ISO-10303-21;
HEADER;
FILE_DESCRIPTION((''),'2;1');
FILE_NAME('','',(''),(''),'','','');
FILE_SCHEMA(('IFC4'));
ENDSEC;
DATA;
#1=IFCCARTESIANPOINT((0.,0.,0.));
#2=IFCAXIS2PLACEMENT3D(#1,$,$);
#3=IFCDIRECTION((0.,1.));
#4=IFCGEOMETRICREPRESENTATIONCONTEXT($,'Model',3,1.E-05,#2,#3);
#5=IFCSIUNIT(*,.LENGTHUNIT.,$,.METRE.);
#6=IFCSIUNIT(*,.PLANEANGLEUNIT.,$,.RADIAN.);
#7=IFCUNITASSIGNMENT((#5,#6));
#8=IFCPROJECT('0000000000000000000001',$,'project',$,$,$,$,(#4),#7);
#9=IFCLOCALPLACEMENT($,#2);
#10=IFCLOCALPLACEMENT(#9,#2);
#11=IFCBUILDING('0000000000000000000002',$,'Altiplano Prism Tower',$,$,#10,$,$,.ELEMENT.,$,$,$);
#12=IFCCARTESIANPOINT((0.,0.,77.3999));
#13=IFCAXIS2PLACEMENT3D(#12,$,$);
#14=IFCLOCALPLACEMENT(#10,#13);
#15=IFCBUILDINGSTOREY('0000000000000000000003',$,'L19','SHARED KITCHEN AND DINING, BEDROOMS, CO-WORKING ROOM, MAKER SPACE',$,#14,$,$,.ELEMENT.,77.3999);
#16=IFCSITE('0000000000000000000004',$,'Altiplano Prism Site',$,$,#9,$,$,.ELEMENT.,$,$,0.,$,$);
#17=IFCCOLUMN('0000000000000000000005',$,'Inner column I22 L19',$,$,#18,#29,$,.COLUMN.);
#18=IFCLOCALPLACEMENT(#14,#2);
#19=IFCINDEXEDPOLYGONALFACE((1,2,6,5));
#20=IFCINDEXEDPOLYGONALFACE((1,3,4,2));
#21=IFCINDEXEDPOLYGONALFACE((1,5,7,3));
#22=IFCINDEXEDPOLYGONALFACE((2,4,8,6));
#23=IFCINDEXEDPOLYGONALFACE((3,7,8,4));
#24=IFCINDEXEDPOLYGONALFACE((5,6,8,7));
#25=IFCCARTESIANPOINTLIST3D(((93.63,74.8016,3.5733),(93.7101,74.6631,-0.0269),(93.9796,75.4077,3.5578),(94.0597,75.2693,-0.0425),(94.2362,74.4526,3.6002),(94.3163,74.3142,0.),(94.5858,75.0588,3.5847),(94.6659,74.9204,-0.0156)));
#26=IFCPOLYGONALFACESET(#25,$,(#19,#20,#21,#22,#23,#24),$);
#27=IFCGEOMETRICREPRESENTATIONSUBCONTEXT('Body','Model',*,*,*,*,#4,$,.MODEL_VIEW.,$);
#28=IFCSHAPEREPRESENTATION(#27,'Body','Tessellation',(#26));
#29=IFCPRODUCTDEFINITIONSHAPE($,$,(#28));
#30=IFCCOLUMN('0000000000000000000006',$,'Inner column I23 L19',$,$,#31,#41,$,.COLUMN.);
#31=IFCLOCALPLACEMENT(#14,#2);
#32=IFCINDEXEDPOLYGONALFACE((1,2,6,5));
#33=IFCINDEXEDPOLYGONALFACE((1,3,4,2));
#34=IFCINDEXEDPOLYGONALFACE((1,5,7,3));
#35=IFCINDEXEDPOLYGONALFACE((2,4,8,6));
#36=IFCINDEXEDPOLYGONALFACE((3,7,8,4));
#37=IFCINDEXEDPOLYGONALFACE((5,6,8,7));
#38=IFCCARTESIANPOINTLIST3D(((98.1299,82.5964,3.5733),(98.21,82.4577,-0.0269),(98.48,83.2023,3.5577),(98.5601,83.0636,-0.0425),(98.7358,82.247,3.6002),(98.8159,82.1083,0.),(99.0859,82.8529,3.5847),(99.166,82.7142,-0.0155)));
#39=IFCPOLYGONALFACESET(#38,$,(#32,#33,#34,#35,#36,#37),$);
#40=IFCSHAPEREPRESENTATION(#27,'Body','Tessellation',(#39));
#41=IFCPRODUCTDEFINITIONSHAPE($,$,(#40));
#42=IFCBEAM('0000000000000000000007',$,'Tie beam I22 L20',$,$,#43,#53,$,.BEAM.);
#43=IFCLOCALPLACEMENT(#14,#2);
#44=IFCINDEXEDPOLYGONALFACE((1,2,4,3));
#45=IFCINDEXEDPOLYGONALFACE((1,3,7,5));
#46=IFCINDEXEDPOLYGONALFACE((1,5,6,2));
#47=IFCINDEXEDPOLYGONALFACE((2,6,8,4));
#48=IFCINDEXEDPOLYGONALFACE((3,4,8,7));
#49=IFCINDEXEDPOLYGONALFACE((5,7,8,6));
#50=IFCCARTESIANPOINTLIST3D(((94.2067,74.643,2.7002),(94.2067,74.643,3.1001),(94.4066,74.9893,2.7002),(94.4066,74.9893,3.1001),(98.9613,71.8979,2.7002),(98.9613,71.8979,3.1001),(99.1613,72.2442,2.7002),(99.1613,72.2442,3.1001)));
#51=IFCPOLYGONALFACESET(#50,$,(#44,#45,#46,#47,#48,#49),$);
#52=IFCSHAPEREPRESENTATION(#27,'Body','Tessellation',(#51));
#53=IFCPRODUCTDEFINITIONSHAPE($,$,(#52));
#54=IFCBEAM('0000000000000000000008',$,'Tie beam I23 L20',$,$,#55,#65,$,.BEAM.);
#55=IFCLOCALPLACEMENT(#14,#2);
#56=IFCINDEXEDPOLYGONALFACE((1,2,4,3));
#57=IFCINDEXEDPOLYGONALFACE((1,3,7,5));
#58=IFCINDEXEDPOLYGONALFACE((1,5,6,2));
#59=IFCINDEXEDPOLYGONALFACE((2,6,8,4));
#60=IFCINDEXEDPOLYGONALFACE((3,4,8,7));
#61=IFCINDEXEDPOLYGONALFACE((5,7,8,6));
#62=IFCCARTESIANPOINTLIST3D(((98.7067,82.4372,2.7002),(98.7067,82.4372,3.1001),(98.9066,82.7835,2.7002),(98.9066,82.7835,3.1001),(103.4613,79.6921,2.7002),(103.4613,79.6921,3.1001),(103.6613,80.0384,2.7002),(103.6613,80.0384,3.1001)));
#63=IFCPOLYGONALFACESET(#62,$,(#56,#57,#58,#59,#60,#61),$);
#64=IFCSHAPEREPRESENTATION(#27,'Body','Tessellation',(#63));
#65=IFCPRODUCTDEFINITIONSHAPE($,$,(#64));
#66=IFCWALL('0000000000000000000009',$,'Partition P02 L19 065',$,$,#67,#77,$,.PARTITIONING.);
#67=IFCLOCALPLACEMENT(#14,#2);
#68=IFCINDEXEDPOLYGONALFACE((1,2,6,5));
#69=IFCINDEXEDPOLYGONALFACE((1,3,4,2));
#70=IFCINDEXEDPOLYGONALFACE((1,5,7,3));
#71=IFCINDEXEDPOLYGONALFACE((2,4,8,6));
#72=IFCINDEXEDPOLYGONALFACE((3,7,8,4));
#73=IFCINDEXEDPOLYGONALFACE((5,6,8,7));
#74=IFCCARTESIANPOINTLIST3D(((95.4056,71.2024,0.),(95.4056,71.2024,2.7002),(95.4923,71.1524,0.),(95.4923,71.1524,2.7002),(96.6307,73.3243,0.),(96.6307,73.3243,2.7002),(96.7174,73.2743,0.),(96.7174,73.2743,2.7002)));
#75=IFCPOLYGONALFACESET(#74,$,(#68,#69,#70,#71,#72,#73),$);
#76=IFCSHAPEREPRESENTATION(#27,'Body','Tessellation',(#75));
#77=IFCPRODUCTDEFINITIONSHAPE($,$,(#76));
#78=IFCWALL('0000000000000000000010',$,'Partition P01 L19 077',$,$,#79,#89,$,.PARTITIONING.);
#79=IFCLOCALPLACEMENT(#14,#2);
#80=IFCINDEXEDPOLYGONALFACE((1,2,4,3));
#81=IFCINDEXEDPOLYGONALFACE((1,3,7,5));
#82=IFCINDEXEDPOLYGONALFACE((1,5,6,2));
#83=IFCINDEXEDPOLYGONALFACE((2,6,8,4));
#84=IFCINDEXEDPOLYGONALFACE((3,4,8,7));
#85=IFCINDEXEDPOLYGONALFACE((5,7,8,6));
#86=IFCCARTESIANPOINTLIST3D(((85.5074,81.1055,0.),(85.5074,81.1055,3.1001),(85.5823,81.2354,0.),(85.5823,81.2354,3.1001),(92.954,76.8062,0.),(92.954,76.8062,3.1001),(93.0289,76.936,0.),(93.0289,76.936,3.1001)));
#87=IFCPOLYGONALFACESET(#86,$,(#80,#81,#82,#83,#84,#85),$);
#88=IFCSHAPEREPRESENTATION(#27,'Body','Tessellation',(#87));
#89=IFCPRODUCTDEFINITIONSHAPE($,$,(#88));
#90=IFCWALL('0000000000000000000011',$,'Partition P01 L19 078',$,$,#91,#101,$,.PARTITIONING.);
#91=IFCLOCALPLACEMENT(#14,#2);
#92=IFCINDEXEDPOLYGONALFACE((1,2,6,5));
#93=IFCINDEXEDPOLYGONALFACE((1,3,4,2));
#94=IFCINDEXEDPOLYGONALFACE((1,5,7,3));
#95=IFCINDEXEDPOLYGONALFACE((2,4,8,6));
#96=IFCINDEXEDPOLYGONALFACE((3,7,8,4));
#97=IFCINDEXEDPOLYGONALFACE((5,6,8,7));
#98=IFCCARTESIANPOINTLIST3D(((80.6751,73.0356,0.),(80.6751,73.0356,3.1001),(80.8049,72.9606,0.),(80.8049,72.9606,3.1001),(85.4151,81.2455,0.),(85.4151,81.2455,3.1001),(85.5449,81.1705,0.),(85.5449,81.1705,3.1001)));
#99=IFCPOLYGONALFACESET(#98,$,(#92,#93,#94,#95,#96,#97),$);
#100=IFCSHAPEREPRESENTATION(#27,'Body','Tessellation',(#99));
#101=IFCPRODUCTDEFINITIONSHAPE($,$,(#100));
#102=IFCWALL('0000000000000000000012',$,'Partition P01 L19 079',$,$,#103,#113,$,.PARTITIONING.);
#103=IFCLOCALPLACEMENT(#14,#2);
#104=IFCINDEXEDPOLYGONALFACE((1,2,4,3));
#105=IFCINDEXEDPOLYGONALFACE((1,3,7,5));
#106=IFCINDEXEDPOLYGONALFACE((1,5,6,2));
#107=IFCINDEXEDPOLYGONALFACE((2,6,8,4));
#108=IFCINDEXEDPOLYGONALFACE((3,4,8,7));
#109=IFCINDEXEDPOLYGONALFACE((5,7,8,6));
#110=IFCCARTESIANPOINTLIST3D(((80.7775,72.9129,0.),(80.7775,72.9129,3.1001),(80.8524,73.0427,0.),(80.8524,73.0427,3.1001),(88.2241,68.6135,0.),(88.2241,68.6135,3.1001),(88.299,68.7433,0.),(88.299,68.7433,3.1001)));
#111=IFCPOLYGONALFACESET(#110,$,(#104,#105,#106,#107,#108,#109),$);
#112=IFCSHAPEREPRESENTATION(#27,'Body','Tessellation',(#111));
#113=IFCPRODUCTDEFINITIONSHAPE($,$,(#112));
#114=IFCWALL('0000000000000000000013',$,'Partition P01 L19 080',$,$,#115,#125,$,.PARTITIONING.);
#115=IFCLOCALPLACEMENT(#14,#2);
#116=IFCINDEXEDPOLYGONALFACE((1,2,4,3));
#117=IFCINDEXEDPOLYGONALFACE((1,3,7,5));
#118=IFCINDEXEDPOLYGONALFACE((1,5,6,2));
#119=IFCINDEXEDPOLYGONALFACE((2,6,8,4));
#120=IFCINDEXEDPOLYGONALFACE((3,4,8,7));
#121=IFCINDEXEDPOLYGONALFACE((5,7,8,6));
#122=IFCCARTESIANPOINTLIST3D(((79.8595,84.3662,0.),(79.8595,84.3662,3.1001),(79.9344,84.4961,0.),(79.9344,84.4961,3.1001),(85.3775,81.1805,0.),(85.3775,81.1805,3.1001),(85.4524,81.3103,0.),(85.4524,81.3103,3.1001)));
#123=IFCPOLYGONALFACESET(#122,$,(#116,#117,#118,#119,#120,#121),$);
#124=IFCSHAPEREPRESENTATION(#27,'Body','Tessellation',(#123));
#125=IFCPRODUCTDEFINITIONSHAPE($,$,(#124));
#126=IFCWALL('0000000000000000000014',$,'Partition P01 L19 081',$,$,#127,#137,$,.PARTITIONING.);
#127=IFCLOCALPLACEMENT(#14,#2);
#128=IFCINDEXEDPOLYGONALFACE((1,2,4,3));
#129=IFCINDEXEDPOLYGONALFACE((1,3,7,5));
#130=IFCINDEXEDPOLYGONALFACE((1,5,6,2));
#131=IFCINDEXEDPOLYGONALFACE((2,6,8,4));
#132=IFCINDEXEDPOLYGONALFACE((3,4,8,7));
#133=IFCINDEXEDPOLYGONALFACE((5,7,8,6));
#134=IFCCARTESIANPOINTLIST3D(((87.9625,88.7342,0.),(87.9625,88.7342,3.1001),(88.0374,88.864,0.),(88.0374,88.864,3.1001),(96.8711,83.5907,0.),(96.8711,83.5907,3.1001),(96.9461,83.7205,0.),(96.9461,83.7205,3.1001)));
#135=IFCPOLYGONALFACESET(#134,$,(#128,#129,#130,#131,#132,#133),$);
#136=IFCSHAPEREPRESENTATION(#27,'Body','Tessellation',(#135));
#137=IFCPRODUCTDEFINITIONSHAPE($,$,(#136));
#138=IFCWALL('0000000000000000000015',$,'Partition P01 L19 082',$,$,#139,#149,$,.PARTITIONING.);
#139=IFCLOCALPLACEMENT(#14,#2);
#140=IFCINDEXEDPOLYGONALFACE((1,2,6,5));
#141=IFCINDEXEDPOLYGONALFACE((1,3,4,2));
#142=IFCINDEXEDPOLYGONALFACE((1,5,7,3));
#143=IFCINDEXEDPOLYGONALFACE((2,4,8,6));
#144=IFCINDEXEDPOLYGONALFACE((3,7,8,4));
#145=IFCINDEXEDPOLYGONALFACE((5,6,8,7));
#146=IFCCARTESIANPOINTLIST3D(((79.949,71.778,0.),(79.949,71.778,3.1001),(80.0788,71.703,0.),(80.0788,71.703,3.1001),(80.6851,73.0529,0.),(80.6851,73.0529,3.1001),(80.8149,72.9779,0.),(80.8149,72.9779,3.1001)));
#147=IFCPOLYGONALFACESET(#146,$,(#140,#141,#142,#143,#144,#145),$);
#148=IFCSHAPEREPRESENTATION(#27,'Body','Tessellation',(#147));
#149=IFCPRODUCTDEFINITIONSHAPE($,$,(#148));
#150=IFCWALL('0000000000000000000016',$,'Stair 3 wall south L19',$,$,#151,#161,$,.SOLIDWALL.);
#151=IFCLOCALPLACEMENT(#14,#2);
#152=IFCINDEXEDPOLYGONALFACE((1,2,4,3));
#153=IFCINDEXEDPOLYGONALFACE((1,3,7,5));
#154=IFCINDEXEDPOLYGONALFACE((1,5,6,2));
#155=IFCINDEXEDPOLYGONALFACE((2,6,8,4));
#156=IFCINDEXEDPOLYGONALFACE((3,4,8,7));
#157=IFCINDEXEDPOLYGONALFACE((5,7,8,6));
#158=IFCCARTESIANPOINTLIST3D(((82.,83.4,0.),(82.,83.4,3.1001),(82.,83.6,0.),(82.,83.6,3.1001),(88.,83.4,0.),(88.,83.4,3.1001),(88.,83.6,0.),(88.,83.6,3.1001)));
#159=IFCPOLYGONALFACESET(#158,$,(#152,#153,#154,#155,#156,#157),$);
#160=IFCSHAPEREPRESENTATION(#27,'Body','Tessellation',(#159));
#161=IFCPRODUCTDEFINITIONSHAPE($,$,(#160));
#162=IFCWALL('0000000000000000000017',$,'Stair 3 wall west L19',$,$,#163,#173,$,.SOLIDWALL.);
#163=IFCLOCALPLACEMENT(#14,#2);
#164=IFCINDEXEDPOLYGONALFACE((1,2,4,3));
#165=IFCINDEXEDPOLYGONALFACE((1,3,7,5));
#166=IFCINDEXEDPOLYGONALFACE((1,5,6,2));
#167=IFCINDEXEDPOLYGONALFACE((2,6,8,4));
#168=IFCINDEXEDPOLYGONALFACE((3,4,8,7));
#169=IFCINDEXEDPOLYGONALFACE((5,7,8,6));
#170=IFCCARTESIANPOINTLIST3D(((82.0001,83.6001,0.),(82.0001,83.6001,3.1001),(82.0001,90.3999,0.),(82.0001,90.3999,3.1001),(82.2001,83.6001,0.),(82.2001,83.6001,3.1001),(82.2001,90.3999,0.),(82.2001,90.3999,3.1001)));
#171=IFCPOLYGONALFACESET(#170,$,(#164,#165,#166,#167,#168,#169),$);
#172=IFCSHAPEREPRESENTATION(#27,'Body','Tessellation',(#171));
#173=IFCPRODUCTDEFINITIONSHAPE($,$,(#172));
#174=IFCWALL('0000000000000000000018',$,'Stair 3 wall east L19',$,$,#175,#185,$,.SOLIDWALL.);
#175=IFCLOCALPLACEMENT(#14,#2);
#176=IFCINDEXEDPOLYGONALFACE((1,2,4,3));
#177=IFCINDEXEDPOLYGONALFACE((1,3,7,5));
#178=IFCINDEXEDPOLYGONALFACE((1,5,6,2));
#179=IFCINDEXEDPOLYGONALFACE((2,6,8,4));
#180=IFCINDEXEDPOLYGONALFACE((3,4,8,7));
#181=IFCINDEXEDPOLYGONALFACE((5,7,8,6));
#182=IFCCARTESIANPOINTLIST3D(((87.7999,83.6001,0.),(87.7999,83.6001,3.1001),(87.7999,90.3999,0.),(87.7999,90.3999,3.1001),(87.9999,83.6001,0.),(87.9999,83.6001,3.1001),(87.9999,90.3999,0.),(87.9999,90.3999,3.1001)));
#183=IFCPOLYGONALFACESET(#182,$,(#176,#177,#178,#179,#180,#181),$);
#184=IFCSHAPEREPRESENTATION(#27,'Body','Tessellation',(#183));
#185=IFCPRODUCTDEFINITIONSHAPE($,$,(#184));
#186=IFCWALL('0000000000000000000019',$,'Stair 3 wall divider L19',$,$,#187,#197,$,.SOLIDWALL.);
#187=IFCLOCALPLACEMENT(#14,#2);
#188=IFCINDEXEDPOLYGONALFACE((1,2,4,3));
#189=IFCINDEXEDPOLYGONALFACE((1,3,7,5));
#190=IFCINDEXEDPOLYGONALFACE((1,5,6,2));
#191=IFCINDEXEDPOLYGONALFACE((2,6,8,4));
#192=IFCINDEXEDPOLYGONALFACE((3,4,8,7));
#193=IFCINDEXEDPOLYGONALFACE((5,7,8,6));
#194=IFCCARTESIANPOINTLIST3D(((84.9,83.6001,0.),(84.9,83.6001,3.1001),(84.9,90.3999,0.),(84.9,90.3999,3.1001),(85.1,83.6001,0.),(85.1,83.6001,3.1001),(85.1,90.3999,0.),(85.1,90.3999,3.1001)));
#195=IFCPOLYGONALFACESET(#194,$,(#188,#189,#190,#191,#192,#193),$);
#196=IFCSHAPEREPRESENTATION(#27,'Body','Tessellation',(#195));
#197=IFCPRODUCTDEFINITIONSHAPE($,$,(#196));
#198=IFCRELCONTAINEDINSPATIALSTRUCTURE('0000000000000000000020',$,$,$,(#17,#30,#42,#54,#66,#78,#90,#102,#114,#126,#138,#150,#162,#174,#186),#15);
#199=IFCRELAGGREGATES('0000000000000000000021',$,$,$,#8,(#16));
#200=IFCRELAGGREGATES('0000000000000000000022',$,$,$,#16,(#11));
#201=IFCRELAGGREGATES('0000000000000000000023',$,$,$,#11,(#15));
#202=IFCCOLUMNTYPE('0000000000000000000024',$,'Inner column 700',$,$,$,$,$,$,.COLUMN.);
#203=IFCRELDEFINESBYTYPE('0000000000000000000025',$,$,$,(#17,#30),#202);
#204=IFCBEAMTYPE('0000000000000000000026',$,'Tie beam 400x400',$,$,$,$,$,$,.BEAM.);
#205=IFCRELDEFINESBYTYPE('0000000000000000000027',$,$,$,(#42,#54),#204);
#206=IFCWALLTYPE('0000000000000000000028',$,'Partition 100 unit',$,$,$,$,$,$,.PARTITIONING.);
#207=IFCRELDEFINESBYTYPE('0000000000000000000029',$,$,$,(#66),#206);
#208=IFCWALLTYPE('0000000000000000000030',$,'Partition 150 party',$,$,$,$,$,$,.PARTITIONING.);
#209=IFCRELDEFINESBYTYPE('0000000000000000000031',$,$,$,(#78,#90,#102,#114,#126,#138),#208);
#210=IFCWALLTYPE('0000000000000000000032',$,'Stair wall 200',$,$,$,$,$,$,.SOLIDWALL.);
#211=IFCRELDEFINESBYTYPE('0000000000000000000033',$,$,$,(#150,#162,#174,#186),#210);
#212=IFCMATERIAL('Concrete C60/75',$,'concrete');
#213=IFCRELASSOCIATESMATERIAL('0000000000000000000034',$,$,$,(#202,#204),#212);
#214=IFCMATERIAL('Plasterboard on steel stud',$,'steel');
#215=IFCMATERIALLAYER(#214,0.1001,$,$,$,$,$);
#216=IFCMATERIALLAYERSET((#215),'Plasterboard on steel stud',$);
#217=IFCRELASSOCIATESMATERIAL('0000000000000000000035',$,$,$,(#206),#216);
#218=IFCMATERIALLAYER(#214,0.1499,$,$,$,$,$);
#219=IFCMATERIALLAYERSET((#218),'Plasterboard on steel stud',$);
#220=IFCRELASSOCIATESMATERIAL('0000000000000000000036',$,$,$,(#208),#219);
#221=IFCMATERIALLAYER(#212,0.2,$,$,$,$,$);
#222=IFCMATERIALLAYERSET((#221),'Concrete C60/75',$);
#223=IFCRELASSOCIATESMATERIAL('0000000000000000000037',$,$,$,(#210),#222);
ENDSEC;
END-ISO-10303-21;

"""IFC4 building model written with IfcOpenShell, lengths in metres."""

from ifc_helpers import new_model, si_unit, direction, frame, frame_2d, origin, origin_2d, place, context, subcontext, project, spatial, rectangle, extrude, material, layer, layer_set, material_profile, profile_set, type_object, element, save


model = new_model("IFC4")

# Units and contexts
model_context = context("Model", 3, precision=1e-05, world=origin(), true_north=direction((0.0, 1.0)))
body_context = subcontext(model_context, "Body", "Model", "MODEL_VIEW")
ifc_project = project(units=[si_unit("LENGTHUNIT", "METRE"), si_unit("PLANEANGLEUNIT", "RADIAN")], contexts=[model_context])

# Site, building, storey
site_placement = place(None, origin())
site = spatial("IfcSite", under=ifc_project, at=site_placement, Name="Altiplano Prism Site", CompositionType="ELEMENT", RefElevation=0.0)
building_placement = place(site_placement, origin())
building = spatial("IfcBuilding", under=site, at=building_placement, Name="Altiplano Prism Tower", CompositionType="ELEMENT")
storey_placement = place(building_placement, frame((0.0, 0.0, 77.3999)))
storey = spatial("IfcBuildingStorey", under=building, at=storey_placement, Name="L19", Description="SHARED KITCHEN AND DINING, BEDROOMS, CO-WORKING ROOM, MAKER SPACE", CompositionType="ELEMENT", Elevation=77.3999)

# Columns
ifc_material_1 = material(Name="Concrete C60/75", Category="concrete")
ifc_material_profile_1 = material_profile(ifc_material_1, rectangle(XDim=0.7, YDim=0.7, at=origin_2d()), Name="Inner column 700")
ifc_profile_set_1 = profile_set([ifc_material_profile_1], Name="Concrete C60/75")
column_type = type_object("IfcColumnType", Name="Inner column 700", PredefinedType="COLUMN", material=ifc_profile_set_1)
for number, where, z_axis, x_axis, name in (
    (1, (94.188, 74.7917, -0.0212), (-0.022221, 0.038413, 0.999015), (-0.499518, -0.86602, 0.022188), "Inner column I22 L19"),
    (2, (98.688, 82.5859, -0.0212), (-0.022221, 0.038481, 0.999012), (-0.500175, -0.865639, 0.022218), "Inner column I23 L19"),
):
    element("IfcColumn", number, at=place(storey_placement, frame(where, z_axis=z_axis, x_axis=x_axis)), inside=storey, type_object=column_type, Name=name, PredefinedType="COLUMN", context=body_context, shape_type="SweptSolid", body=[
        extrude(rectangle(XDim=0.7, YDim=0.7, at=origin_2d()), origin(), (0.0, 0.0, 1.0), 3.6038),
    ])

# Beams
ifc_material_profile_2 = material_profile(ifc_material_1, rectangle(XDim=0.3999, YDim=0.3999, at=origin_2d()), Name="Tie beam 400x400")
ifc_profile_set_2 = profile_set([ifc_material_profile_2], Name="Concrete C60/75")
beam_type = type_object("IfcBeamType", Name="Tie beam 400x400", PredefinedType="BEAM", material=ifc_profile_set_2)
for number, where, z_axis, x_axis, name in (
    (3, (94.3066, 74.8162, 2.9001), (0.866023, -0.500003, 0.0), (0.500003, 0.866023, 0.0), "Tie beam I22 L20"),
    (4, (98.8066, 82.6104, 2.9001), (0.866023, -0.500003, 0.0), (0.500003, 0.866023, 0.0), "Tie beam I23 L20"),
):
    element("IfcBeam", number, at=place(storey_placement, frame(where, z_axis=z_axis, x_axis=x_axis)), inside=storey, type_object=beam_type, Name=name, PredefinedType="BEAM", context=body_context, shape_type="SweptSolid", body=[
        extrude(rectangle(XDim=0.3999, YDim=0.3999, at=origin_2d()), origin(), (0.0, 0.0, 1.0), 5.4902),
    ])

# Walls
ifc_material_2 = material(Name="Plasterboard on steel stud", Category="steel")
ifc_layer_1 = layer(ifc_material_2, 0.1001)
ifc_layer_set_1 = layer_set([ifc_layer_1], Name="Plasterboard on steel stud")
wall_type_1 = type_object("IfcWallType", Name="Partition 100 unit", PredefinedType="PARTITIONING", material=ifc_layer_set_1)
wall_1_placement = place(storey_placement, frame((96.6741, 73.2993, 0.0), z_axis=(0.0, 0.0, 1.0), x_axis=(-0.500019, -0.866015, 0.0)))
element("IfcWall", 5, at=wall_1_placement, inside=storey, type_object=wall_type_1, Name="Partition P02 L19 065", PredefinedType="PARTITIONING", context=body_context, shape_type="SweptSolid", body=[
    extrude(rectangle(XDim=2.4502, YDim=0.1001, at=frame_2d((1.2251, 0.0))), origin(), (0.0, 0.0, 1.0), 2.7002),
])
ifc_layer_2 = layer(ifc_material_2, 0.1499)
ifc_layer_set_2 = layer_set([ifc_layer_2], Name="Plasterboard on steel stud")
wall_type_2 = type_object("IfcWallType", Name="Partition 150 party", PredefinedType="PARTITIONING", material=ifc_layer_set_2)
wall_2_placement = place(storey_placement, frame((92.9915, 76.8711, 0.0), z_axis=(0.0, 0.0, 1.0), x_axis=(-0.866022, 0.500005, 0.0)))
element("IfcWall", 6, at=wall_2_placement, inside=storey, type_object=wall_type_2, Name="Partition P01 L19 077", PredefinedType="PARTITIONING", context=body_context, shape_type="SweptSolid", body=[
    extrude(rectangle(XDim=8.5986, YDim=0.1499, at=frame_2d((4.2993, 0.0))), origin(), (0.0, 0.0, 1.0), 3.1001),
])
wall_3_placement = place(storey_placement, frame((85.48, 81.208, 0.0), z_axis=(0.0, 0.0, 1.0), x_axis=(-0.499997, -0.866027, 0.0)))
element("IfcWall", 7, at=wall_3_placement, inside=storey, type_object=wall_type_2, Name="Partition P01 L19 078", PredefinedType="PARTITIONING", context=body_context, shape_type="SweptSolid", body=[
    extrude(rectangle(XDim=9.48, YDim=0.1499, at=frame_2d((4.74, 0.0))), origin(), (0.0, 0.0, 1.0), 3.1001),
])
wall_4_placement = place(storey_placement, frame((80.8149, 72.9778, 0.0), z_axis=(0.0, 0.0, 1.0), x_axis=(0.866022, -0.500005, 0.0)))
element("IfcWall", 8, at=wall_4_placement, inside=storey, type_object=wall_type_2, Name="Partition P01 L19 079", PredefinedType="PARTITIONING", context=body_context, shape_type="SweptSolid", body=[
    extrude(rectangle(XDim=8.5986, YDim=0.1499, at=frame_2d((4.2993, 0.0))), origin(), (0.0, 0.0, 1.0), 3.1001),
])
wall_5_placement = place(storey_placement, frame((79.897, 84.4312, 0.0), z_axis=(0.0, 0.0, 1.0), x_axis=(0.86603, -0.499992, 0.0)))
element("IfcWall", 9, at=wall_5_placement, inside=storey, type_object=wall_type_2, Name="Partition P01 L19 080", PredefinedType="PARTITIONING", context=body_context, shape_type="SweptSolid", body=[
    extrude(rectangle(XDim=6.3716, YDim=0.1499, at=frame_2d((3.1858, 0.0))), origin(), (0.0, 0.0, 1.0), 3.1001),
])
wall_6_placement = place(storey_placement, frame((96.9087, 83.6555, 0.0), z_axis=(0.0, 0.0, 1.0), x_axis=(-0.86602, 0.500009, 0.0)))
element("IfcWall", 10, at=wall_6_placement, inside=storey, type_object=wall_type_2, Name="Partition P01 L19 081", PredefinedType="PARTITIONING", context=body_context, shape_type="SweptSolid", body=[
    extrude(rectangle(XDim=10.2869, YDim=0.1499, at=frame_2d((5.1436, 0.0))), origin(), (0.0, 0.0, 1.0), 3.1001),
])
wall_7_placement = place(storey_placement, frame((80.0139, 71.7405, 0.0), z_axis=(0.0, 0.0, 1.0), x_axis=(0.50001, 0.86602, 0.0)))
element("IfcWall", 11, at=wall_7_placement, inside=storey, type_object=wall_type_2, Name="Partition P01 L19 082", PredefinedType="PARTITIONING", context=body_context, shape_type="SweptSolid", body=[
    extrude(rectangle(XDim=1.4722, YDim=0.1499, at=frame_2d((0.7361, 0.0))), origin(), (0.0, 0.0, 1.0), 3.1001),
])
ifc_layer_3 = layer(ifc_material_1, 0.2)
ifc_layer_set_3 = layer_set([ifc_layer_3], Name="Concrete C60/75")
wall_type_3 = type_object("IfcWallType", Name="Stair wall 200", PredefinedType="SOLIDWALL", material=ifc_layer_set_3)
wall_8_placement = place(storey_placement, frame((82.0, 83.5, 0.0), z_axis=(0.0, 0.0, 1.0), x_axis=(1.0, 0.0, 0.0)))
element("IfcWall", 12, at=wall_8_placement, inside=storey, type_object=wall_type_3, Name="Stair 3 wall south L19", PredefinedType="SOLIDWALL", context=body_context, shape_type="SweptSolid", body=[
    extrude(rectangle(XDim=6.0, YDim=0.2, at=frame_2d((3.0, 0.0))), origin(), (0.0, 0.0, 1.0), 3.1001),
])
for number, where, z_axis, x_axis, name in (
    (13, (82.1001, 83.6001, 0.0), (0.0, 0.0, 1.0), (0.0, 1.0, 0.0), "Stair 3 wall west L19"),
    (14, (87.8999, 83.6001, 0.0), (0.0, 0.0, 1.0), (0.0, 1.0, 0.0), "Stair 3 wall east L19"),
    (15, (85.0, 83.6001, 0.0), (0.0, 0.0, 1.0), (0.0, 1.0, 0.0), "Stair 3 wall divider L19"),
):
    element("IfcWall", number, at=place(storey_placement, frame(where, z_axis=z_axis, x_axis=x_axis)), inside=storey, type_object=wall_type_3, Name=name, PredefinedType="SOLIDWALL", context=body_context, shape_type="SweptSolid", body=[
        extrude(rectangle(XDim=6.7998, YDim=0.2, at=frame_2d((3.3999, 0.0))), origin(), (0.0, 0.0, 1.0), 3.1001),
    ])

save(model, "model.ifc")
